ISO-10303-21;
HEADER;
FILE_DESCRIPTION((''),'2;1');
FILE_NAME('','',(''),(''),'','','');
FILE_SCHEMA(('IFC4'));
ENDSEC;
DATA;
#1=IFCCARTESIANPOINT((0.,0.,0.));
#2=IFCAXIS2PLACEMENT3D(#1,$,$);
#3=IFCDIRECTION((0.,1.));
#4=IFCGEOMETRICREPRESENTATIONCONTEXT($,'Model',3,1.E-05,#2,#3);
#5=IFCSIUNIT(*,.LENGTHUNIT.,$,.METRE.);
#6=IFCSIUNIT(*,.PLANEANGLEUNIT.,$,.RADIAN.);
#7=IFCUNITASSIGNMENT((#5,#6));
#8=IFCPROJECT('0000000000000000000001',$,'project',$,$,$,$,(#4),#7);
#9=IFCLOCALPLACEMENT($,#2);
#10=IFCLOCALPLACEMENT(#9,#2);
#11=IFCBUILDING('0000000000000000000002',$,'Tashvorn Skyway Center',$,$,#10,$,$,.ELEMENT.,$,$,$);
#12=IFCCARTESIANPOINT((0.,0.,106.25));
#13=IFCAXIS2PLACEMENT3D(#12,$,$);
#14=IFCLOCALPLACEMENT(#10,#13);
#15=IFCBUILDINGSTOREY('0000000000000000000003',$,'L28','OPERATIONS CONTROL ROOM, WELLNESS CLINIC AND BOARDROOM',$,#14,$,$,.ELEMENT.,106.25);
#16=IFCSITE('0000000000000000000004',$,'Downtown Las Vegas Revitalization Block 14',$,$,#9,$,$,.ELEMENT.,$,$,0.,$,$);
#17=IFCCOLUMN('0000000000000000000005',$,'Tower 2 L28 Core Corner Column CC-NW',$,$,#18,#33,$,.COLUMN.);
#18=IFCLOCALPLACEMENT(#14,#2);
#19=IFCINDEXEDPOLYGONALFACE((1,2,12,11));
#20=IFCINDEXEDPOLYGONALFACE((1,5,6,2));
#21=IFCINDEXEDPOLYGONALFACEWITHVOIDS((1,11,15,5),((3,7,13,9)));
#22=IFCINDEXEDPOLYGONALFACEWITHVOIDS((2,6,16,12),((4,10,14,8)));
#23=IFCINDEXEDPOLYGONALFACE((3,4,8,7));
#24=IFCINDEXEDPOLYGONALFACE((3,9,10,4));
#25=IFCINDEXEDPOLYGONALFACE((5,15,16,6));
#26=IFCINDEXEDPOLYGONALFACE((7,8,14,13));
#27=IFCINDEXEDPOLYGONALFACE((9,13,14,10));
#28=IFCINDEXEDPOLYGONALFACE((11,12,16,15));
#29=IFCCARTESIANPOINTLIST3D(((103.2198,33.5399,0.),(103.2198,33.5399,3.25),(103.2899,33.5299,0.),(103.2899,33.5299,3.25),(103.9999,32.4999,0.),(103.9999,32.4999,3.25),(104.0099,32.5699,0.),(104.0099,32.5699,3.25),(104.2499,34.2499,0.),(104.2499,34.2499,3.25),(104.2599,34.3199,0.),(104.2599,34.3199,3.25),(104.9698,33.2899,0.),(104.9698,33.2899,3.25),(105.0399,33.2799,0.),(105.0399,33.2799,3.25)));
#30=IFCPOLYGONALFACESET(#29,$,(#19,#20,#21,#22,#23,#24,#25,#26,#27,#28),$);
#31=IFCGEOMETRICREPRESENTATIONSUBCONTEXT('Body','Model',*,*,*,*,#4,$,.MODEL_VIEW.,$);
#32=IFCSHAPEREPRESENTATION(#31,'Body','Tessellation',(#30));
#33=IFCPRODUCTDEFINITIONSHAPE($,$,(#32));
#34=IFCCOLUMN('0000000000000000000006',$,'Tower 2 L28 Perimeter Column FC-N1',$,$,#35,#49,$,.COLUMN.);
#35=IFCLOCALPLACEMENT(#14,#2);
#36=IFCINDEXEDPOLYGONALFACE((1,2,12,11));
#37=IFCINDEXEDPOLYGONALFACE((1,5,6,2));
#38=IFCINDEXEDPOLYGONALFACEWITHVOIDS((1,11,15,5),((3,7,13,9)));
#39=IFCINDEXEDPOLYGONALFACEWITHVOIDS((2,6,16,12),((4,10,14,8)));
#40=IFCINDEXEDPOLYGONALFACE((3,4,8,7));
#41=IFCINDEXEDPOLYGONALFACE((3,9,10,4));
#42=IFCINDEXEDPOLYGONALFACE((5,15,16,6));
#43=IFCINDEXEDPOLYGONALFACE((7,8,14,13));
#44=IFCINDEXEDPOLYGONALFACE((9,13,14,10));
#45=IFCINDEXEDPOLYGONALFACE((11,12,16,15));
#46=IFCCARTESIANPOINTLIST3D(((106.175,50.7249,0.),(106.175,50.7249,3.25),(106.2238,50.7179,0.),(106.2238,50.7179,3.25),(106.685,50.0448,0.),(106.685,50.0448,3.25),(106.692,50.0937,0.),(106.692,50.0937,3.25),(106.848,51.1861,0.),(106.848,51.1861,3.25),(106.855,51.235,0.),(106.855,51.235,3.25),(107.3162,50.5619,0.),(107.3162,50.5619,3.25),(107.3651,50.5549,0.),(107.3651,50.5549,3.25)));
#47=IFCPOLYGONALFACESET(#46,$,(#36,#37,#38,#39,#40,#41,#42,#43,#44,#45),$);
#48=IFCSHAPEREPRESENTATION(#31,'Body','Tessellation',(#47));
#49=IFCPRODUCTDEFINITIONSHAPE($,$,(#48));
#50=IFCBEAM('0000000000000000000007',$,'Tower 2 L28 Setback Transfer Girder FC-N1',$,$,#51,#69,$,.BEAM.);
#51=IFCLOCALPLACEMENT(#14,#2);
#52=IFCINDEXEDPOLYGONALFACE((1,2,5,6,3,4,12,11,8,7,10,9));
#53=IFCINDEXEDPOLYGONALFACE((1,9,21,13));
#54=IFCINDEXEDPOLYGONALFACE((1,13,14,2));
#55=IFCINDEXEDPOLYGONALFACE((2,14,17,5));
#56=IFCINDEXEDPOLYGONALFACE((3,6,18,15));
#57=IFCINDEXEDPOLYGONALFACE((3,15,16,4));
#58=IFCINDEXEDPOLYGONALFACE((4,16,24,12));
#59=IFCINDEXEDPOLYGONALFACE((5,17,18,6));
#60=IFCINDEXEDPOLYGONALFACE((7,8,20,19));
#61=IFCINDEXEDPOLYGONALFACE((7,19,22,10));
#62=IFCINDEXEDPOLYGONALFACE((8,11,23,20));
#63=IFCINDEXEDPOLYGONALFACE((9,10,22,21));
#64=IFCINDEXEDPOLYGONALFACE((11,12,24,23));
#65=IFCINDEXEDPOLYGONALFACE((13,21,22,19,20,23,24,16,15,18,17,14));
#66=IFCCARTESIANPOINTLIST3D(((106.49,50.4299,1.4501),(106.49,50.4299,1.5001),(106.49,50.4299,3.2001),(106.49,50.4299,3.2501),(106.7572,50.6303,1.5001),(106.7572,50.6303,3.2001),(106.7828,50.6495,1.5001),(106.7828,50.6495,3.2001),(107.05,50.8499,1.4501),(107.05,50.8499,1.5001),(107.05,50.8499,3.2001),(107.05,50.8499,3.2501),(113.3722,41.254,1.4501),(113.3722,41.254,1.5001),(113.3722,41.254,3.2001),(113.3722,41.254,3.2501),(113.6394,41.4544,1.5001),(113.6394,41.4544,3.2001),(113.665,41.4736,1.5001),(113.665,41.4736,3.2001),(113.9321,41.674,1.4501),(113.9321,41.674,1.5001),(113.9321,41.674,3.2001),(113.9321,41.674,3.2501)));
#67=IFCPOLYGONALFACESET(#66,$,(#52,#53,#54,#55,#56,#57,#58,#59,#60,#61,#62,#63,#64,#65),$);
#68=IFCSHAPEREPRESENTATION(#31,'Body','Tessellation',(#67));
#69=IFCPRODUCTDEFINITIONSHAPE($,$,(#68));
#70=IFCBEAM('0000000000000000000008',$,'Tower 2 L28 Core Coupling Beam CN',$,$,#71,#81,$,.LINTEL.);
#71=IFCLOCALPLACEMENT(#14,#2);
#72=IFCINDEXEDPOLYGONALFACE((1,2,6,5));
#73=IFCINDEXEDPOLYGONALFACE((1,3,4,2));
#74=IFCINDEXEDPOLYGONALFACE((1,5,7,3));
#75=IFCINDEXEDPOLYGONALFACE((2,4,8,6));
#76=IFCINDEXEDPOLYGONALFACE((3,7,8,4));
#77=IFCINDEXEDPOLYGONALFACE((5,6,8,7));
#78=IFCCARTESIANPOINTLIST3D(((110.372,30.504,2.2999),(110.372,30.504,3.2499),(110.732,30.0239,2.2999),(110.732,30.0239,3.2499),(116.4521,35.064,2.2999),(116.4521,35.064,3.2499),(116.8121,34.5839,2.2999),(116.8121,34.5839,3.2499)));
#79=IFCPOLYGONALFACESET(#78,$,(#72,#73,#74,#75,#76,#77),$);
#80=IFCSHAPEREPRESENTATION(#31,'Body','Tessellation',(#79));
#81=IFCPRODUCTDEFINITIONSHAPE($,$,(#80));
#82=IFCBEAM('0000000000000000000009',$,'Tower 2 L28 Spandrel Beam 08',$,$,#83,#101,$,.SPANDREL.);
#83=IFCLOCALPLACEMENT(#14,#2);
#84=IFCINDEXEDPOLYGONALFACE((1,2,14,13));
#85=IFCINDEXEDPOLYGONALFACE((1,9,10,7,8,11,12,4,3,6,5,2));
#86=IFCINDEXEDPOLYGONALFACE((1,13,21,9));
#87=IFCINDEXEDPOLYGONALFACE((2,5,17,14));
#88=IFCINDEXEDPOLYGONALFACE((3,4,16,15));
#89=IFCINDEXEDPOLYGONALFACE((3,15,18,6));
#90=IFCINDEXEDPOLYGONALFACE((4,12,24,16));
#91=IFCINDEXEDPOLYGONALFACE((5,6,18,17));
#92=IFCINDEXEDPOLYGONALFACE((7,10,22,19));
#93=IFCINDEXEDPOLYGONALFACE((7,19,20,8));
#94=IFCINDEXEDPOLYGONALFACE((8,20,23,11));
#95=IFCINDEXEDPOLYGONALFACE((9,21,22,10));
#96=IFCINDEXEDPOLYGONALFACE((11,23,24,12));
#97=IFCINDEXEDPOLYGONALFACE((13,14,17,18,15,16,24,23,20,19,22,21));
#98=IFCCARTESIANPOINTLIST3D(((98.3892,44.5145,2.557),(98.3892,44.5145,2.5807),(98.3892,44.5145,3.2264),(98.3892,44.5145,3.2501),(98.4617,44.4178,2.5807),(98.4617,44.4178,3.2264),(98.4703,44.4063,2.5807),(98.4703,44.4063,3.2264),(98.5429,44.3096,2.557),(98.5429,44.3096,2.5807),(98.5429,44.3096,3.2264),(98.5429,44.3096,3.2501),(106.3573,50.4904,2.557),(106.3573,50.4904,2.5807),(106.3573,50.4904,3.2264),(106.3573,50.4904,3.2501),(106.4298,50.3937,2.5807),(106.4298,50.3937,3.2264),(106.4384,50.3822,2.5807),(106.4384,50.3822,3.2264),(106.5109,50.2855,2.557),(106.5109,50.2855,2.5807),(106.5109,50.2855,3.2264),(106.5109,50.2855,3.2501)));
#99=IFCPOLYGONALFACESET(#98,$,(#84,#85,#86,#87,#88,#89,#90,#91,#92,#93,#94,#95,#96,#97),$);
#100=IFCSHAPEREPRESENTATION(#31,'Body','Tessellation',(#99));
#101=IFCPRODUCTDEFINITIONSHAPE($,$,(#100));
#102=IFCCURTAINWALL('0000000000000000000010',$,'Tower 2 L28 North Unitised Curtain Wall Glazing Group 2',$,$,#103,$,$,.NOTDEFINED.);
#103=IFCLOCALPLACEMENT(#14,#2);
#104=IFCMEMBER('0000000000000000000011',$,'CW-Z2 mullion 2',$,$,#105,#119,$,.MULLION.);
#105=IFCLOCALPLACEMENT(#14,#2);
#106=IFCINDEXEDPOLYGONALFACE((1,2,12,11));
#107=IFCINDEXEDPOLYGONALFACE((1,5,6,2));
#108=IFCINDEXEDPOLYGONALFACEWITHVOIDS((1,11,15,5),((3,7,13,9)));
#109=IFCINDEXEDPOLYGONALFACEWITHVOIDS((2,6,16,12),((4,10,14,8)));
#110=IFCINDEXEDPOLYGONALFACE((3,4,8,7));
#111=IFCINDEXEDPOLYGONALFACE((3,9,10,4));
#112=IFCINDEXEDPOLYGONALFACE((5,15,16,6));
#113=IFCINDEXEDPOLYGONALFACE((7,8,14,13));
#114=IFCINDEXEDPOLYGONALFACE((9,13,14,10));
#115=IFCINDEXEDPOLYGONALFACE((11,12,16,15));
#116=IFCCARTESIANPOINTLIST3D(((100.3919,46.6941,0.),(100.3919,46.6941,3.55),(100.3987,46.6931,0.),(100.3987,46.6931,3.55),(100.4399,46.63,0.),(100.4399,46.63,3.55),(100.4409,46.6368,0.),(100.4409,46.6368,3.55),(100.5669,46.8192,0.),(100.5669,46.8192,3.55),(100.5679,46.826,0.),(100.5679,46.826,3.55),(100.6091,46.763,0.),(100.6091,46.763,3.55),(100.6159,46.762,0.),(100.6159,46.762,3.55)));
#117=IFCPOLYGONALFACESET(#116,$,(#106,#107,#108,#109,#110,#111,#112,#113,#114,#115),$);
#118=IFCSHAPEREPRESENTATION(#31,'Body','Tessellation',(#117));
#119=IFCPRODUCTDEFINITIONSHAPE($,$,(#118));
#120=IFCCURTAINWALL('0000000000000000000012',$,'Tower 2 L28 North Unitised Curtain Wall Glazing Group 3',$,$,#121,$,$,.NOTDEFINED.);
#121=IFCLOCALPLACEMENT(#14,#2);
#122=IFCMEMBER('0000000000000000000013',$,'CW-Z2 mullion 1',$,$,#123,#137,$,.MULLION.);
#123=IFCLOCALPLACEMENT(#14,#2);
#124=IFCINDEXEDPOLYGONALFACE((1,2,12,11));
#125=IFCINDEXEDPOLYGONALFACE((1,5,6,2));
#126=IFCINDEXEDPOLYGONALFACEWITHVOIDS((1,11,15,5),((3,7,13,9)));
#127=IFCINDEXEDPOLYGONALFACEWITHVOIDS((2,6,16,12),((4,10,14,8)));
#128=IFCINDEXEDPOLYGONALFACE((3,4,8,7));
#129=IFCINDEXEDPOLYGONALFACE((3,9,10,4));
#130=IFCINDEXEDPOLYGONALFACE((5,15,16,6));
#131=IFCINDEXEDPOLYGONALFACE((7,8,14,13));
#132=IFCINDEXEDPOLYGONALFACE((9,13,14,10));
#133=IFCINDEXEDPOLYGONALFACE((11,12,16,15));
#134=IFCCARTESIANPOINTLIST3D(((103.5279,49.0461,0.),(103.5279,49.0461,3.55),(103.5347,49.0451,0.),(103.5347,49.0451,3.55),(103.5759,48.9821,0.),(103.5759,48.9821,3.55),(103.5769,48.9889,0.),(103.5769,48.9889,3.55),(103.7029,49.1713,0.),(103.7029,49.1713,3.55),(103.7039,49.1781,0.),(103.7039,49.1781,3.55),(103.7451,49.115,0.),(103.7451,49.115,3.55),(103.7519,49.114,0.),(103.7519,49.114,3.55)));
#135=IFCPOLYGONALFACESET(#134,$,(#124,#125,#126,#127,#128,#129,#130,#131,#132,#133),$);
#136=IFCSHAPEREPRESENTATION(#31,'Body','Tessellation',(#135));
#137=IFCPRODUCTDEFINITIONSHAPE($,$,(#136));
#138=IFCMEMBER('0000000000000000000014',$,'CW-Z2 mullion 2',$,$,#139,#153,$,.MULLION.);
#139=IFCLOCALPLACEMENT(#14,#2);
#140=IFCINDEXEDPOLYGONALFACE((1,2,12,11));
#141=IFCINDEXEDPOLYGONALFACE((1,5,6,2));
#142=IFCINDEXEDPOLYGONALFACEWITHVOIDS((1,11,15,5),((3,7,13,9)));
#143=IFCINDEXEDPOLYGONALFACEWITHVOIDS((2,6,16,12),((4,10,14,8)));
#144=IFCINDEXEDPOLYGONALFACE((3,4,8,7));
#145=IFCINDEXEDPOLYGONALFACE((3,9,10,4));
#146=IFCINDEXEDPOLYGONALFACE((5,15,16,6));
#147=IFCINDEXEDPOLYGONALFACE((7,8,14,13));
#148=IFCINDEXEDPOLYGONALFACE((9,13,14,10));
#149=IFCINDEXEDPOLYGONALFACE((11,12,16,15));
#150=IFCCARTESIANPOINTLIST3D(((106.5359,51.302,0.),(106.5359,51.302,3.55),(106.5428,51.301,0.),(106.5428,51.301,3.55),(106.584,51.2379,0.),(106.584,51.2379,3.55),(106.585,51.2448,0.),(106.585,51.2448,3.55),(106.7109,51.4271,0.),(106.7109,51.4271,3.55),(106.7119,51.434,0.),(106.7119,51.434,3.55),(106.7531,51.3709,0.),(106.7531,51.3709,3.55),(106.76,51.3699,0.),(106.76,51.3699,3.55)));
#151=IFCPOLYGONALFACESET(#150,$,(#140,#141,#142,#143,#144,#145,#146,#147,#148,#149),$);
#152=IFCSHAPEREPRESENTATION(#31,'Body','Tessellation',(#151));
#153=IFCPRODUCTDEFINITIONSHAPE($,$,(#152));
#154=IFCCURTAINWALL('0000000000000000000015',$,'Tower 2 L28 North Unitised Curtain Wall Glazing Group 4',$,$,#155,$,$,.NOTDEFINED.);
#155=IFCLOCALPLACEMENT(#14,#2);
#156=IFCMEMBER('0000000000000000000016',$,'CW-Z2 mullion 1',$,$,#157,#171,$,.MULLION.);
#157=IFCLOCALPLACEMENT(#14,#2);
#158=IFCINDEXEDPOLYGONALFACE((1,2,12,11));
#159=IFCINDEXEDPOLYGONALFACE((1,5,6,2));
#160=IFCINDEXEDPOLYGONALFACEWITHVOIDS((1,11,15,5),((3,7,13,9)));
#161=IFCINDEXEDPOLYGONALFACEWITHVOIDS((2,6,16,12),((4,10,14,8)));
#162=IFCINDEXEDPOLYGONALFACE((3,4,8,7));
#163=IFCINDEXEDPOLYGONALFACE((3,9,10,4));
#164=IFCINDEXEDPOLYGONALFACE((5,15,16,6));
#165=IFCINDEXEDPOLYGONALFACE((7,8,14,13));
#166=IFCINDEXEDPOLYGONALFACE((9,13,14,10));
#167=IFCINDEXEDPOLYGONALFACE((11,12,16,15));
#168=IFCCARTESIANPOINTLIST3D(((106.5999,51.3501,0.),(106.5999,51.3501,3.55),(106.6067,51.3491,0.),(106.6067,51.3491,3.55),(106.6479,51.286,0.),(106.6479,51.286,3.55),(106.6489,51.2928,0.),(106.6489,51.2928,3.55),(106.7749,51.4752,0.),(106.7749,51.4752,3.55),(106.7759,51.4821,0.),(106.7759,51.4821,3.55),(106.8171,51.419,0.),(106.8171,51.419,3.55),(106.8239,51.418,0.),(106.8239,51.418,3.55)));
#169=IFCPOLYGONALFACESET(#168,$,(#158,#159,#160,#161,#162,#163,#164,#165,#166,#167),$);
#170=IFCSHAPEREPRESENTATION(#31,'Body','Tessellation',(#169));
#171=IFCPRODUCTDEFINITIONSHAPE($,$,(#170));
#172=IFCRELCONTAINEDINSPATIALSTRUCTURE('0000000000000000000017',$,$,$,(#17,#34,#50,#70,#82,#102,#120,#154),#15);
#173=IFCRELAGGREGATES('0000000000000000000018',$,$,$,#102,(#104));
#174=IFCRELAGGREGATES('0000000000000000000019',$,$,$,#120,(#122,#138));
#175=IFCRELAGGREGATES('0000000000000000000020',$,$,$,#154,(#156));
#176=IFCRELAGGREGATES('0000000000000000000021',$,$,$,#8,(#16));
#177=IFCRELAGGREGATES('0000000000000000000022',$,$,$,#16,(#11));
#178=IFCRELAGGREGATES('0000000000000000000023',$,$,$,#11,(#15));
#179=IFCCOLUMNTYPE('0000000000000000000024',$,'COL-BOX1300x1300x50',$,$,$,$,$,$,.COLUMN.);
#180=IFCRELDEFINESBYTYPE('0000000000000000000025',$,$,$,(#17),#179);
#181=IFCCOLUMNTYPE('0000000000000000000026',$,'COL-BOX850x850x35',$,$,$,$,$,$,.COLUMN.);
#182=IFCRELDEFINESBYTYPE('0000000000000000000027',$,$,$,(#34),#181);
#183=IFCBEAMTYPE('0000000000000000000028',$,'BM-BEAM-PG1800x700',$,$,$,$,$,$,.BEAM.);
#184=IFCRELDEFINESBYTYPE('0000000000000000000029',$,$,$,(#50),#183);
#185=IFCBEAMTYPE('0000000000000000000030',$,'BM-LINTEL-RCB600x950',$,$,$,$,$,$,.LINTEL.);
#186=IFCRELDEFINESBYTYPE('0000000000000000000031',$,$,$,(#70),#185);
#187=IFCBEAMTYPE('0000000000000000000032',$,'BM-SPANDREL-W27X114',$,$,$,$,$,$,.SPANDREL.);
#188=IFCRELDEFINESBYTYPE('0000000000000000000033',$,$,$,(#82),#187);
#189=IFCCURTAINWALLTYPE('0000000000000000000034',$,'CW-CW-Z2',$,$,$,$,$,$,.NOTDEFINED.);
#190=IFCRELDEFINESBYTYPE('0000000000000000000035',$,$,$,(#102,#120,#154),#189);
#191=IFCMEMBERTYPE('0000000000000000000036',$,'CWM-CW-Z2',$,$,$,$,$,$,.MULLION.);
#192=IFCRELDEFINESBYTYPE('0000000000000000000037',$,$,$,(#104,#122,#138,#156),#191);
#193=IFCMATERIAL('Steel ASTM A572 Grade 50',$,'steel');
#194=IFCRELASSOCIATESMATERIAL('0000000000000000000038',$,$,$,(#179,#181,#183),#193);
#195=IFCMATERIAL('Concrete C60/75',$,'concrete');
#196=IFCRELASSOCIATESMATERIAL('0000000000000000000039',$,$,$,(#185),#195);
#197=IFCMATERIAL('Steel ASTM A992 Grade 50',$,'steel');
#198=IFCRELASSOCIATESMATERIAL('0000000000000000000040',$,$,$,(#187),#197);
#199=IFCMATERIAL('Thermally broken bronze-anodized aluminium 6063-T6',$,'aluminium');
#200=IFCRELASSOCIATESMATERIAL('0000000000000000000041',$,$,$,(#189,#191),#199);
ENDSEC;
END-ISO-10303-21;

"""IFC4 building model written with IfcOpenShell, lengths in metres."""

from ifc_helpers import new_model, si_unit, direction, frame, origin, origin_2d, place, context, subcontext, project, spatial, rectangle, hollow_rectangle, i_section, extrude, material, material_profile, profile_set, type_object, element, aggregate, save


model = new_model("IFC4")

# Units and contexts
model_context = context("Model", 3, precision=1e-05, world=origin(), true_north=direction((0.0, 1.0)))
body_context = subcontext(model_context, "Body", "Model", "MODEL_VIEW")
ifc_project = project(units=[si_unit("LENGTHUNIT", "METRE"), si_unit("PLANEANGLEUNIT", "RADIAN")], contexts=[model_context])

# Site, building, storey
site_placement = place(None, origin())
site = spatial("IfcSite", under=ifc_project, at=site_placement, Name="Downtown Las Vegas Revitalization Block 14", CompositionType="ELEMENT", RefElevation=0.0)
building_placement = place(site_placement, origin())
building = spatial("IfcBuilding", under=site, at=building_placement, Name="Tashvorn Skyway Center", CompositionType="ELEMENT")
storey_placement = place(building_placement, frame((0.0, 0.0, 106.25)))
storey = spatial("IfcBuildingStorey", under=building, at=storey_placement, Name="L28", Description="OPERATIONS CONTROL ROOM, WELLNESS CLINIC AND BOARDROOM", CompositionType="ELEMENT", Elevation=106.25)

# Columns
ifc_material_1 = material(Name="Steel ASTM A572 Grade 50", Category="steel")
ifc_material_profile_1 = material_profile(ifc_material_1, hollow_rectangle(XDim=1.3, YDim=1.3, WallThickness=0.05, at=origin_2d()), Name="BOX1300x1300x50")
ifc_profile_set_1 = profile_set([ifc_material_profile_1], Name="Steel ASTM A572 Grade 50")
column_type_1 = type_object("IfcColumnType", Name="COL-BOX1300x1300x50", PredefinedType="COLUMN", material=ifc_profile_set_1)
column_1_placement = place(storey_placement, frame((104.1299, 33.4099, 0.0), z_axis=(0.0, 0.0, 1.0), x_axis=(0.8, 0.6, 0.0)))
element("IfcColumn", 1, at=column_1_placement, inside=storey, type_object=column_type_1, Name="Tower 2 L28 Core Corner Column CC-NW", PredefinedType="COLUMN", context=body_context, shape_type="SweptSolid", body=[
    extrude(hollow_rectangle(XDim=1.3, YDim=1.3, WallThickness=0.05, at=origin_2d()), origin(), (0.0, 0.0, 1.0), 3.25),
])
ifc_material_profile_2 = material_profile(ifc_material_1, hollow_rectangle(XDim=0.8501, YDim=0.8501, WallThickness=0.0349, at=origin_2d()), Name="BOX850x850x35")
ifc_profile_set_2 = profile_set([ifc_material_profile_2], Name="Steel ASTM A572 Grade 50")
column_type_2 = type_object("IfcColumnType", Name="COL-BOX850x850x35", PredefinedType="COLUMN", material=ifc_profile_set_2)
column_2_placement = place(storey_placement, frame((106.77, 50.6399, 0.0), z_axis=(0.0, 0.0, 1.0), x_axis=(0.8, 0.6, 0.0)))
element("IfcColumn", 2, at=column_2_placement, inside=storey, type_object=column_type_2, Name="Tower 2 L28 Perimeter Column FC-N1", PredefinedType="COLUMN", context=body_context, shape_type="SweptSolid", body=[
    extrude(hollow_rectangle(XDim=0.8501, YDim=0.8501, WallThickness=0.0349, at=origin_2d()), origin(), (0.0, 0.0, 1.0), 3.25),
])

# Beams
ifc_material_profile_3 = material_profile(ifc_material_1, i_section(OverallWidth=0.7, OverallDepth=1.8, WebThickness=0.032, FlangeThickness=0.05, at=origin_2d()), Name="PG1800x700")
ifc_profile_set_3 = profile_set([ifc_material_profile_3], Name="Steel ASTM A572 Grade 50")
beam_type_1 = type_object("IfcBeamType", Name="BM-BEAM-PG1800x700", PredefinedType="BEAM", material=ifc_profile_set_3)
beam_1_placement = place(storey_placement, frame((106.77, 50.6399, 2.3501), z_axis=(0.600014, -0.79999, 0.0), x_axis=(0.79999, 0.600014, 0.0)))
element("IfcBeam", 3, at=beam_1_placement, inside=storey, type_object=beam_type_1, Name="Tower 2 L28 Setback Transfer Girder FC-N1", PredefinedType="BEAM", context=body_context, shape_type="SweptSolid", body=[
    extrude(i_section(OverallWidth=0.7, OverallDepth=1.8, WebThickness=0.032, FlangeThickness=0.05, at=origin_2d()), origin(), (0.0, 0.0, 1.0), 11.47),
])
ifc_material_2 = material(Name="Concrete C60/75", Category="concrete")
ifc_material_profile_4 = material_profile(ifc_material_2, rectangle(XDim=0.6001, YDim=0.95, at=origin_2d()), Name="RCB600x950")
ifc_profile_set_4 = profile_set([ifc_material_profile_4], Name="Concrete C60/75")
beam_type_2 = type_object("IfcBeamType", Name="BM-LINTEL-RCB600x950", PredefinedType="LINTEL", material=ifc_profile_set_4)
beam_2_placement = place(storey_placement, frame((110.552, 30.2639, 2.7749), z_axis=(0.8, 0.6, 0.0), x_axis=(-0.6, 0.8, 0.0)))
element("IfcBeam", 4, at=beam_2_placement, inside=storey, type_object=beam_type_2, Name="Tower 2 L28 Core Coupling Beam CN", PredefinedType="LINTEL", context=body_context, shape_type="SweptSolid", body=[
    extrude(rectangle(XDim=0.6001, YDim=0.95, at=origin_2d()), origin(), (0.0, 0.0, 1.0), 7.6001),
])
ifc_material_3 = material(Name="Steel ASTM A992 Grade 50", Category="steel")
ifc_material_profile_5 = material_profile(ifc_material_3, i_section(OverallWidth=0.2561, OverallDepth=0.6931, WebThickness=0.0144, FlangeThickness=0.0237, at=origin_2d()), Name="W27X114")
ifc_profile_set_5 = profile_set([ifc_material_profile_5], Name="Steel ASTM A992 Grade 50")
beam_type_3 = type_object("IfcBeamType", Name="BM-SPANDREL-W27X114", PredefinedType="SPANDREL", material=ifc_profile_set_5)
beam_3_placement = place(storey_placement, frame((106.4341, 50.3879, 2.9036), z_axis=(-0.800009, -0.599988, 0.0), x_axis=(0.599988, -0.800009, 0.0)))
element("IfcBeam", 5, at=beam_3_placement, inside=storey, type_object=beam_type_3, Name="Tower 2 L28 Spandrel Beam 08", PredefinedType="SPANDREL", context=body_context, shape_type="SweptSolid", body=[
    extrude(i_section(OverallWidth=0.2561, OverallDepth=0.6931, WebThickness=0.0144, FlangeThickness=0.0237, at=origin_2d()), origin(), (0.0, 0.0, 1.0), 9.96),
])

# Curtain wall, member
ifc_material_4 = material(Name="Thermally broken bronze-anodized aluminium 6063-T6", Category="aluminium")
curtain_wall_type = type_object("IfcCurtainWallType", Name="CW-CW-Z2", PredefinedType="NOTDEFINED", material=ifc_material_4)
curtain_wall_1_placement = place(storey_placement, origin())
curtain_wall_1 = element("IfcCurtainWall", 6, at=curtain_wall_1_placement, inside=storey, type_object=curtain_wall_type, Name="Tower 2 L28 North Unitised Curtain Wall Glazing Group 2", PredefinedType="NOTDEFINED")
ifc_material_profile_6 = material_profile(ifc_material_4, hollow_rectangle(XDim=0.0801, YDim=0.22, WallThickness=0.0049, at=origin_2d()), Name="ALU-MULL-80x220")
ifc_profile_set_6 = profile_set([ifc_material_profile_6], Name="Thermally broken bronze-anodized aluminium 6063-T6")
member_type_1 = type_object("IfcMemberType", Name="CWM-CW-Z2", PredefinedType="MULLION", material=ifc_profile_set_6)
member_1_placement = place(storey_placement, frame((100.5039, 46.728, 0.0), z_axis=(0.0, 0.0, 1.0), x_axis=(-0.6, 0.8, 0.0)))
member_1 = element("IfcMember", 7, at=member_1_placement, type_object=member_type_1, Name="CW-Z2 mullion 2", PredefinedType="MULLION", context=body_context, shape_type="SweptSolid", body=[
    extrude(hollow_rectangle(XDim=0.0801, YDim=0.22, WallThickness=0.0049, at=origin_2d()), origin(), (0.0, 0.0, 1.0), 3.55),
])
aggregate(curtain_wall_1, [member_1])

# Curtain wall, members
curtain_wall_2_placement = place(storey_placement, origin())
curtain_wall_2 = element("IfcCurtainWall", 8, at=curtain_wall_2_placement, inside=storey, type_object=curtain_wall_type, Name="Tower 2 L28 North Unitised Curtain Wall Glazing Group 3", PredefinedType="NOTDEFINED")
member_2_placement = place(storey_placement, frame((103.6399, 49.0801, 0.0), z_axis=(0.0, 0.0, 1.0), x_axis=(-0.6, 0.8, 0.0)))
member_2 = element("IfcMember", 9, at=member_2_placement, type_object=member_type_1, Name="CW-Z2 mullion 1", PredefinedType="MULLION", context=body_context, shape_type="SweptSolid", body=[
    extrude(hollow_rectangle(XDim=0.0801, YDim=0.22, WallThickness=0.0049, at=origin_2d()), origin(), (0.0, 0.0, 1.0), 3.55),
])
member_3_placement = place(storey_placement, frame((106.6479, 51.3359, 0.0), z_axis=(0.0, 0.0, 1.0), x_axis=(-0.6, 0.8, 0.0)))
member_3 = element("IfcMember", 10, at=member_3_placement, type_object=member_type_1, Name="CW-Z2 mullion 2", PredefinedType="MULLION", context=body_context, shape_type="SweptSolid", body=[
    extrude(hollow_rectangle(XDim=0.0801, YDim=0.22, WallThickness=0.0049, at=origin_2d()), origin(), (0.0, 0.0, 1.0), 3.55),
])

# Curtain wall, member
curtain_wall_3_placement = place(storey_placement, origin())
curtain_wall_3 = element("IfcCurtainWall", 11, at=curtain_wall_3_placement, inside=storey, type_object=curtain_wall_type, Name="Tower 2 L28 North Unitised Curtain Wall Glazing Group 4", PredefinedType="NOTDEFINED")
member_4_placement = place(storey_placement, frame((106.7119, 51.384, 0.0), z_axis=(0.0, 0.0, 1.0), x_axis=(-0.6, 0.8, 0.0)))
member_4 = element("IfcMember", 12, at=member_4_placement, type_object=member_type_1, Name="CW-Z2 mullion 1", PredefinedType="MULLION", context=body_context, shape_type="SweptSolid", body=[
    extrude(hollow_rectangle(XDim=0.0801, YDim=0.22, WallThickness=0.0049, at=origin_2d()), origin(), (0.0, 0.0, 1.0), 3.55),
])

aggregate(curtain_wall_2, [member_2, member_3])
aggregate(curtain_wall_3, [member_4])

save(model, "model.ifc")
